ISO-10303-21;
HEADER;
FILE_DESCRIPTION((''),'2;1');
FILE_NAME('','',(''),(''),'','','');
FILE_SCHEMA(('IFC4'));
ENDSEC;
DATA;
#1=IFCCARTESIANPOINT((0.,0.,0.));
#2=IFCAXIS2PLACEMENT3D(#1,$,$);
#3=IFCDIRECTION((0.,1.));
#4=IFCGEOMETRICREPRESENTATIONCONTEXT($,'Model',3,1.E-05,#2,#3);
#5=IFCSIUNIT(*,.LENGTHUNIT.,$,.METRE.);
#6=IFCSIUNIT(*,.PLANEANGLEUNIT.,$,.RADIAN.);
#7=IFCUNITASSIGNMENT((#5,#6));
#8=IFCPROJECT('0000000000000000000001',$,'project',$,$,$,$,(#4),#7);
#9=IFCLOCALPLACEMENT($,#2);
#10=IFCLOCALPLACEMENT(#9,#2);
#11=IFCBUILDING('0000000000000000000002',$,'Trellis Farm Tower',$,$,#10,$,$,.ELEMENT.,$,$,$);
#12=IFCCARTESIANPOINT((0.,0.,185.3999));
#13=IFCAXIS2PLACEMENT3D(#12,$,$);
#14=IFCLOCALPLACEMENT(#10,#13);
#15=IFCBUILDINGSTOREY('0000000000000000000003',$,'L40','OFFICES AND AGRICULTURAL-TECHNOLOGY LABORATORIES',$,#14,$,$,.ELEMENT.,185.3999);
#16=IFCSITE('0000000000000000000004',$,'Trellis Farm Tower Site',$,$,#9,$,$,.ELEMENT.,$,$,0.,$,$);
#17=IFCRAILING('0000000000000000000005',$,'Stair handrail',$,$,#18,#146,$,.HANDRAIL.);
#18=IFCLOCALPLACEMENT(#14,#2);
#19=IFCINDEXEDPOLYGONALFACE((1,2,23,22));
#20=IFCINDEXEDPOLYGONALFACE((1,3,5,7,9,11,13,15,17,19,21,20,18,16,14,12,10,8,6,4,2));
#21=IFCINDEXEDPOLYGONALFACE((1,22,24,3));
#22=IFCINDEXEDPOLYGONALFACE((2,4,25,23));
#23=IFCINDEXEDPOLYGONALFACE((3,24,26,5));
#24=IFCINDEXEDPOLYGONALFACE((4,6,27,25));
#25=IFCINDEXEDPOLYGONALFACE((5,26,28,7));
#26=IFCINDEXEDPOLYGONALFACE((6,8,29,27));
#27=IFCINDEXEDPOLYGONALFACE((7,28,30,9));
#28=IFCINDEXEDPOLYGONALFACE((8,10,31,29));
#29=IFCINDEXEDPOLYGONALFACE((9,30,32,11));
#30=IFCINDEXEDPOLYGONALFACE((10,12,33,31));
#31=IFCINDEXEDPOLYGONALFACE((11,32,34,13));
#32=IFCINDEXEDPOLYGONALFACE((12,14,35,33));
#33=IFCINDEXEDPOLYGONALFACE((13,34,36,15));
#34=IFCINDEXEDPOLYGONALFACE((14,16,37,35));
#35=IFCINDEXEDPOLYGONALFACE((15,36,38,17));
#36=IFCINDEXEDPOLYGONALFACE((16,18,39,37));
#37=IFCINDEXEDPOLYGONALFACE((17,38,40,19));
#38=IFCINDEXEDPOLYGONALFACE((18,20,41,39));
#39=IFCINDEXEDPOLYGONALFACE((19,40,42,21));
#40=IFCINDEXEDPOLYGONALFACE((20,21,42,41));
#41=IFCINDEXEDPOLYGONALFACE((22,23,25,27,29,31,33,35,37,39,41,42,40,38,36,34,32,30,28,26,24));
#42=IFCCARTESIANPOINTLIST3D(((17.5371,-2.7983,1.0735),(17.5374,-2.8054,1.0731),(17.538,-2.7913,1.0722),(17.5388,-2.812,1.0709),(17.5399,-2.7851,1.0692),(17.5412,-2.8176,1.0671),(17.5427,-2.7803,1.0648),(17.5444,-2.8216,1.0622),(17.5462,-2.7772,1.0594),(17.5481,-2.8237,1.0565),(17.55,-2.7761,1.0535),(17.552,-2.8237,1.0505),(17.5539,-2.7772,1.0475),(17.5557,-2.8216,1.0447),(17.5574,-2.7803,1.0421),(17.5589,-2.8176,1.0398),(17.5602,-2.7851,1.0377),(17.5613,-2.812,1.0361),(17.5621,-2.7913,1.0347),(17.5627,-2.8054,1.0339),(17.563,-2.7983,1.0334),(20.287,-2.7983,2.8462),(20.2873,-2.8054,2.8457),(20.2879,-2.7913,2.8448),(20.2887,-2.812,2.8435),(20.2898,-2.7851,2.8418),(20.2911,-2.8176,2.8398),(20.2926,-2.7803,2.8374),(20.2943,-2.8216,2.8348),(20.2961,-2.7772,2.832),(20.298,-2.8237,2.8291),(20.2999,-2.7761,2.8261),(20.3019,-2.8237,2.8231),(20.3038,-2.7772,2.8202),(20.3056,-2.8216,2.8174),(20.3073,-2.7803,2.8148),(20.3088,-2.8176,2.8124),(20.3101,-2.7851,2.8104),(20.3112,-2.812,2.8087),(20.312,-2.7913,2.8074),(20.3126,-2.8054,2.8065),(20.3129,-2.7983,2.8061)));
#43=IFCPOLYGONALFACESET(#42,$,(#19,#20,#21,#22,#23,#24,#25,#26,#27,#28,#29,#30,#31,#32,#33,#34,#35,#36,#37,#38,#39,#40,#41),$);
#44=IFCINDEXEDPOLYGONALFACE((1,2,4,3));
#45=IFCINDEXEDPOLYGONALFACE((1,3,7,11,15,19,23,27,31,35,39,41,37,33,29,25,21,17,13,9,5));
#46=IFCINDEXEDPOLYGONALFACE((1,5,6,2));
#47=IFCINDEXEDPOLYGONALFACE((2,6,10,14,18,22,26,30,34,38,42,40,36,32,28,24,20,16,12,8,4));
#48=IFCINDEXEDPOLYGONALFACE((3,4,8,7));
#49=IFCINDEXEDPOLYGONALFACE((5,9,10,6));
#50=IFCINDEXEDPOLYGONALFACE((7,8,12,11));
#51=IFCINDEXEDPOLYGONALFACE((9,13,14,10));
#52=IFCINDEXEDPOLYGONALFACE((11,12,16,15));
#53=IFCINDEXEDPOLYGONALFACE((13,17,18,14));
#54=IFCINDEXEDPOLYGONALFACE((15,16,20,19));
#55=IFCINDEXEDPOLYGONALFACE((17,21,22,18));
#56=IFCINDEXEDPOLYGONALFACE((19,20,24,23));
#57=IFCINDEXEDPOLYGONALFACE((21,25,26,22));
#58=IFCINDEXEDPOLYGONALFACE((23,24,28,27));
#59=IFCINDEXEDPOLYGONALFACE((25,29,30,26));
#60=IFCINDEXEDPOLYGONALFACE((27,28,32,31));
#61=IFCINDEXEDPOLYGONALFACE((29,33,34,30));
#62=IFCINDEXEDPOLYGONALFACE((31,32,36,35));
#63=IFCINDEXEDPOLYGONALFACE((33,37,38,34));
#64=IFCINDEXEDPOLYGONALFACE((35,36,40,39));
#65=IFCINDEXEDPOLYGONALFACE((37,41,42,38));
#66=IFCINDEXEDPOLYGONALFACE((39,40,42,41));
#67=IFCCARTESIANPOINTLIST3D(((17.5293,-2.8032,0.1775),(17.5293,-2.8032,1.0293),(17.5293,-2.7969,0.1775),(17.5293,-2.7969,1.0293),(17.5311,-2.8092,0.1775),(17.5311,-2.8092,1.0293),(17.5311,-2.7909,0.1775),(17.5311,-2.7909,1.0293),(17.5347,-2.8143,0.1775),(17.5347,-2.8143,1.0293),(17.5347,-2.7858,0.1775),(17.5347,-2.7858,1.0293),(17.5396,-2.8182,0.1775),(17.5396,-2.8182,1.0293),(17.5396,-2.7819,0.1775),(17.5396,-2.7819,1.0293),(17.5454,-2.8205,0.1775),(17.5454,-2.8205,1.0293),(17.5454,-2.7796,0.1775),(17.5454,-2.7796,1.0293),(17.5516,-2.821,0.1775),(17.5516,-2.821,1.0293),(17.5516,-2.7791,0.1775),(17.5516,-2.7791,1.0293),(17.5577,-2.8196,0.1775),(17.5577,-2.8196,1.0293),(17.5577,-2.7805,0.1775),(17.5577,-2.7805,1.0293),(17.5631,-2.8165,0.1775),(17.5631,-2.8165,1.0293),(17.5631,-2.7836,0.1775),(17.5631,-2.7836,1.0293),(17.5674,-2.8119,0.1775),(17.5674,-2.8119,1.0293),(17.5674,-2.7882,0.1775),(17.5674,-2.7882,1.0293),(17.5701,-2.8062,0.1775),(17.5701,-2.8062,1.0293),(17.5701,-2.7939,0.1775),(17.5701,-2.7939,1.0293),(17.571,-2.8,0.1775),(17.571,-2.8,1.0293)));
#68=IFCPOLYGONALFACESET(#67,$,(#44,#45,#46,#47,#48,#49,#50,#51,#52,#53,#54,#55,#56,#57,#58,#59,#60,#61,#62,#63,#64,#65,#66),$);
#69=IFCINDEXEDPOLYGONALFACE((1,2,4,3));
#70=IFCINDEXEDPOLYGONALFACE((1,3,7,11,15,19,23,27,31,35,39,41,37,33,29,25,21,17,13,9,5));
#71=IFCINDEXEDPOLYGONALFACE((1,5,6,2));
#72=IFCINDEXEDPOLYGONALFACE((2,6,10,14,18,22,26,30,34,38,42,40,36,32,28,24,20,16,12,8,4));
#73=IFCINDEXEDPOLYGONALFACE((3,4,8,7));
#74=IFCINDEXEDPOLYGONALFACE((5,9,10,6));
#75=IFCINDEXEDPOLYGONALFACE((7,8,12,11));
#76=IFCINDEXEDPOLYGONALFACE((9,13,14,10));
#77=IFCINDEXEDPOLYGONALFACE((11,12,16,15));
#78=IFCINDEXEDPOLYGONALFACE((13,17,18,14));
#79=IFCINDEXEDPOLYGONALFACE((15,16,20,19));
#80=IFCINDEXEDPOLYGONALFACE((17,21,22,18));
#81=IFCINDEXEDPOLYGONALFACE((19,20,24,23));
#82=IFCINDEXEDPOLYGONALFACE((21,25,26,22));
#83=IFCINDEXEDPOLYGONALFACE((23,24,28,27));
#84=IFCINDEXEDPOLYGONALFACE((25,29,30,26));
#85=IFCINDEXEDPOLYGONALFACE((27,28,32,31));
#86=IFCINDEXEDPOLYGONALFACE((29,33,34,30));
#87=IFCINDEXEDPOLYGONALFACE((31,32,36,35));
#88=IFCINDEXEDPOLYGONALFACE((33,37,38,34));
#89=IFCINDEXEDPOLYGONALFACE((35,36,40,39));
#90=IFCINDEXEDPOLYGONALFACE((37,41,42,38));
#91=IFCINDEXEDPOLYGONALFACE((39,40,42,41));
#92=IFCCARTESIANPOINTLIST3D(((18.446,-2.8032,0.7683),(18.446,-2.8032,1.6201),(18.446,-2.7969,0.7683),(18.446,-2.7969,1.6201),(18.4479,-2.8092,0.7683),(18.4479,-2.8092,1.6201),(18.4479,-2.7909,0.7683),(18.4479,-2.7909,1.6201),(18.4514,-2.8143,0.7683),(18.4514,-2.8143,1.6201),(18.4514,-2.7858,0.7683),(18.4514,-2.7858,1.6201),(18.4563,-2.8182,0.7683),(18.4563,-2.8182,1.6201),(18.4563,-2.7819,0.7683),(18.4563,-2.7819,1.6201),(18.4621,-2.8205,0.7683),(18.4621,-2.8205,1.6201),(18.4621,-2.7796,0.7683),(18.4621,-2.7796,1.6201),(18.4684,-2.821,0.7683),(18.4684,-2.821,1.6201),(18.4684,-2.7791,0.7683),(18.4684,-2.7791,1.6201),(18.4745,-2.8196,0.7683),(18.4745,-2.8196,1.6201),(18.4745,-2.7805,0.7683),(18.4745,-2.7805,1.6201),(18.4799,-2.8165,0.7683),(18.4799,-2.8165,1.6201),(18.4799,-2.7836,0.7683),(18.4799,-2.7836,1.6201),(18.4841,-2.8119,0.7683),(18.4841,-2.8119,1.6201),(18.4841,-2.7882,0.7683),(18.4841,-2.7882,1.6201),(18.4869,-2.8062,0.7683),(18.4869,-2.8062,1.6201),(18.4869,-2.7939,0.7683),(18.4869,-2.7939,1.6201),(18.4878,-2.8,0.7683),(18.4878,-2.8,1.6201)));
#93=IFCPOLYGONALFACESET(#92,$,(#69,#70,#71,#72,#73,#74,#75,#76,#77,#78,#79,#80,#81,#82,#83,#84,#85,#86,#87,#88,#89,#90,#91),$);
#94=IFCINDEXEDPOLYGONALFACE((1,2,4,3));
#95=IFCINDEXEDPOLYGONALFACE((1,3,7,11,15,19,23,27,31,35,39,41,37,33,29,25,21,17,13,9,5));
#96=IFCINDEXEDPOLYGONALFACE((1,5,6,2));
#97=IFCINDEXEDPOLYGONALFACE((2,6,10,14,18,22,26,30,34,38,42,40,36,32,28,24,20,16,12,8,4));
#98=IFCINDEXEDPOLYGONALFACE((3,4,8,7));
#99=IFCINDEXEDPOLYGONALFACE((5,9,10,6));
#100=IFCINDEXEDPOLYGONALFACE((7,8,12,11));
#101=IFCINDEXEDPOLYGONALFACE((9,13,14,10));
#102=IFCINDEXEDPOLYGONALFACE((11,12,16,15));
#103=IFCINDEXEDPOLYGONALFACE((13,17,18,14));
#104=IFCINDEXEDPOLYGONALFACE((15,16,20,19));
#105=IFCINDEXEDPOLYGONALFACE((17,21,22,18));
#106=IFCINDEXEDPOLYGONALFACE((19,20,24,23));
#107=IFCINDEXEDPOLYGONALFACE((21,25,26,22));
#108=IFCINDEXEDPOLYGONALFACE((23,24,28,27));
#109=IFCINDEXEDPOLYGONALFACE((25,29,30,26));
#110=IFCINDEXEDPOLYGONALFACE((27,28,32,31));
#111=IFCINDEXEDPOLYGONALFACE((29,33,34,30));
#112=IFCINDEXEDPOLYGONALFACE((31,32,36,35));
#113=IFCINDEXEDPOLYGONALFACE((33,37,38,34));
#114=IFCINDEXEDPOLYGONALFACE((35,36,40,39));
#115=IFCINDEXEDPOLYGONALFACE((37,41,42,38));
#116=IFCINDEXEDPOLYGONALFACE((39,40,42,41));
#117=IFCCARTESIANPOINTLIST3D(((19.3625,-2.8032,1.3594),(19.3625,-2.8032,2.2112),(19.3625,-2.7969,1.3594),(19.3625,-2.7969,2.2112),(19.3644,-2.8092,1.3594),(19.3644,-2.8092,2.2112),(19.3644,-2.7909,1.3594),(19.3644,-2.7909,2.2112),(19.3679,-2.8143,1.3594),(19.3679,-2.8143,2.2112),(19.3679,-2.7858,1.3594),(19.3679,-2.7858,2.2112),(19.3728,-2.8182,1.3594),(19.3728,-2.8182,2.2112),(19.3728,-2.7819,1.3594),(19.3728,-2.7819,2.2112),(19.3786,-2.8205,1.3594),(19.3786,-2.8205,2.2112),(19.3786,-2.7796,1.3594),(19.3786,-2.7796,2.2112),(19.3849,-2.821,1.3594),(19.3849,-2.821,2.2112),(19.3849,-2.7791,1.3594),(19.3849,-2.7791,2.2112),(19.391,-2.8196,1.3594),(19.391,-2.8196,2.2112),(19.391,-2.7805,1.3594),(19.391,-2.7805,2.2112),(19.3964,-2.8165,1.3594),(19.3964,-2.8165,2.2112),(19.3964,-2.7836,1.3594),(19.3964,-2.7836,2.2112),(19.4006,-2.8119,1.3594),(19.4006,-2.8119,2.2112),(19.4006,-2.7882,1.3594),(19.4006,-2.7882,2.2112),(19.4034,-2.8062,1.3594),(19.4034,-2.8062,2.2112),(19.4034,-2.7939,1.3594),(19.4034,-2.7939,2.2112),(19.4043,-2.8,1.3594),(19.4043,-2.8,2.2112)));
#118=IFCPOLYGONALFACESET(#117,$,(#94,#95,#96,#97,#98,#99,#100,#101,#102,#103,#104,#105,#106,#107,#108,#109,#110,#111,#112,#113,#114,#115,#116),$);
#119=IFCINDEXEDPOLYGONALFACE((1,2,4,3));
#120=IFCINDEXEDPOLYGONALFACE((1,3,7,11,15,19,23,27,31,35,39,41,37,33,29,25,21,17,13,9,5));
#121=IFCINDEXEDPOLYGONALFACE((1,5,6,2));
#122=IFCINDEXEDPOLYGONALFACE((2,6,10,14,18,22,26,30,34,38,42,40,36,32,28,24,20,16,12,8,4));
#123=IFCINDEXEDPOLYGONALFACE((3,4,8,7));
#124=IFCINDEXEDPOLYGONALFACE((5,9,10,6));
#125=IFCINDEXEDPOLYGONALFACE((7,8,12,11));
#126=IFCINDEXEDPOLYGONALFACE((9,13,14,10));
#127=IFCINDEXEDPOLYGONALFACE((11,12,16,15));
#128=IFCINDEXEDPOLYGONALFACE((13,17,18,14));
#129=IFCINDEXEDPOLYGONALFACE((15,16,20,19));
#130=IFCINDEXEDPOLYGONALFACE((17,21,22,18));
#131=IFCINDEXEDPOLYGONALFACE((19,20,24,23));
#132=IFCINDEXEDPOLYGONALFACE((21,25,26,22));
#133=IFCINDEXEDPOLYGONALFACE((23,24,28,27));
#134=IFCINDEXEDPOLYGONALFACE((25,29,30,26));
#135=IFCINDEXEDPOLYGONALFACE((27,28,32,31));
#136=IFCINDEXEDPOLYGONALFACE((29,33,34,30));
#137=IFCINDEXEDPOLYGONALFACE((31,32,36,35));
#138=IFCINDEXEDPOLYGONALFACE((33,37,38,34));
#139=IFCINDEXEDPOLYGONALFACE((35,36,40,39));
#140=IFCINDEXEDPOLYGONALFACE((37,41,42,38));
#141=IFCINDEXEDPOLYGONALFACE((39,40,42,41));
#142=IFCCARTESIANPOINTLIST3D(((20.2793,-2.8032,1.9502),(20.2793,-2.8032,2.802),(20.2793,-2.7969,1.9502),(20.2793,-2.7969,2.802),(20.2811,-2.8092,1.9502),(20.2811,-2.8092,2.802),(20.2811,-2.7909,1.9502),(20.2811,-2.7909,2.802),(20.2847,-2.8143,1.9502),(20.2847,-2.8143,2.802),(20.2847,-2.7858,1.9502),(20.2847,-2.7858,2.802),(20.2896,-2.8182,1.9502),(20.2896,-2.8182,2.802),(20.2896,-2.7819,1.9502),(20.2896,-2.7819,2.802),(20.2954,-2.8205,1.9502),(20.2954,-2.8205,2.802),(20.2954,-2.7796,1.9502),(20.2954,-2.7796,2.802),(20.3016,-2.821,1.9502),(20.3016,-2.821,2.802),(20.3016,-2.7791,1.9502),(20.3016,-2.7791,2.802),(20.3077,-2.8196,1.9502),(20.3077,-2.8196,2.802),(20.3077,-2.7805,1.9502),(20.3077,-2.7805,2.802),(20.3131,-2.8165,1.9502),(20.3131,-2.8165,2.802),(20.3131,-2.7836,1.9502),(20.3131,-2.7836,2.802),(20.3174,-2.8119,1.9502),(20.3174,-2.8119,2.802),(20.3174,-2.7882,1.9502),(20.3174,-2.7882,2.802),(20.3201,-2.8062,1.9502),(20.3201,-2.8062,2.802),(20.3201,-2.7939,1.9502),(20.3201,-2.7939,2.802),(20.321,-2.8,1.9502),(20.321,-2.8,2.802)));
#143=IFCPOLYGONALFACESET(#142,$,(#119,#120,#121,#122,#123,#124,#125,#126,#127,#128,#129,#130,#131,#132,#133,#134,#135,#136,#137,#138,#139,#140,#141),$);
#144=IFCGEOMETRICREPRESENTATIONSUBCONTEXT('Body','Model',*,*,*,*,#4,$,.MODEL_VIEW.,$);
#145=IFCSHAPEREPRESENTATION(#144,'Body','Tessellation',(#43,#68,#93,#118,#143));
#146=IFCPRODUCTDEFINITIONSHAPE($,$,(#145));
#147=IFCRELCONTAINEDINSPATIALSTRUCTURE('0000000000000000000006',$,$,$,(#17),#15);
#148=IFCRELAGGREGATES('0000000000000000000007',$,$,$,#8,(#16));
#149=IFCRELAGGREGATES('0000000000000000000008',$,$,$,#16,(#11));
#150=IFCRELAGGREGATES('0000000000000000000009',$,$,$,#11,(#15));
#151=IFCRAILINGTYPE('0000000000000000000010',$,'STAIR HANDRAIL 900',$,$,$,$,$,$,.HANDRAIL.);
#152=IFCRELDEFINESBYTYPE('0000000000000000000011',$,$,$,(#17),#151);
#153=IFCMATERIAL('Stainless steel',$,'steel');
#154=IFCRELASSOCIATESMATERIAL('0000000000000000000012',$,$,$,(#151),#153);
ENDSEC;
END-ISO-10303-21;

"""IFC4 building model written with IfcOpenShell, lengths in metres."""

from ifc_helpers import new_model, si_unit, direction, frame, origin, origin_2d, place, context, subcontext, project, spatial, circle, extrude, source, transform, mapped, material, type_object, element, save


model = new_model("IFC4")

# Units and contexts
model_context = context("Model", 3, precision=1e-05, world=origin(), true_north=direction((0.0, 1.0)))
body_context = subcontext(model_context, "Body", "Model", "MODEL_VIEW")
ifc_project = project(units=[si_unit("LENGTHUNIT", "METRE"), si_unit("PLANEANGLEUNIT", "RADIAN")], contexts=[model_context])

# Site, building, storey
site_placement = place(None, origin())
site = spatial("IfcSite", under=ifc_project, at=site_placement, Name="Trellis Farm Tower Site", CompositionType="ELEMENT", RefElevation=0.0)
building_placement = place(site_placement, origin())
building = spatial("IfcBuilding", under=site, at=building_placement, Name="Trellis Farm Tower", CompositionType="ELEMENT")
storey_placement = place(building_placement, frame((0.0, 0.0, 185.3999)))
storey = spatial("IfcBuildingStorey", under=building, at=storey_placement, Name="L40", Description="OFFICES AND AGRICULTURAL-TECHNOLOGY LABORATORIES", CompositionType="ELEMENT", Elevation=185.3999)

# Railing
ifc_material_1 = material(Name="Stainless steel", Category="steel")
railing_type = type_object("IfcRailingType", Name="STAIR HANDRAIL 900", PredefinedType="HANDRAIL", material=ifc_material_1)
shared_shape_1 = source(origin(), body_context, "Body", "SweptSolid", [
    extrude(circle(Radius=0.0239, at=origin_2d()), frame((0.0, 0.0, 0.876), z_axis=(0.840504, 0.0, 0.541806), x_axis=(0.0, 1.0, 0.0)), (0.0, 0.0, 1.0), 3.2717),
    extrude(circle(Radius=0.021, at=origin_2d()), origin(), (0.0, 0.0, 1.0), 0.8518),
    extrude(circle(Radius=0.021, at=origin_2d()), frame((0.9167, 0.0, 0.5908)), (0.0, 0.0, 1.0), 0.8518),
    extrude(circle(Radius=0.021, at=origin_2d()), frame((1.8333, 0.0, 1.1819)), (0.0, 0.0, 1.0), 0.8518),
    extrude(circle(Radius=0.021, at=origin_2d()), frame((2.75, 0.0, 1.7727)), (0.0, 0.0, 1.0), 0.8518),
])
for number, where, name in (
    (1, (17.55, -2.8, 0.1775), "Stair handrail"),
):
    element("IfcRailing", number, at=place(storey_placement, frame(where)), inside=storey, type_object=railing_type, Name=name, PredefinedType="HANDRAIL", context=body_context, shape_type="MappedRepresentation", body=[
        mapped(shared_shape_1, transform((0.0, 0.0, 0.0))),
    ])

save(model, "model.ifc")
